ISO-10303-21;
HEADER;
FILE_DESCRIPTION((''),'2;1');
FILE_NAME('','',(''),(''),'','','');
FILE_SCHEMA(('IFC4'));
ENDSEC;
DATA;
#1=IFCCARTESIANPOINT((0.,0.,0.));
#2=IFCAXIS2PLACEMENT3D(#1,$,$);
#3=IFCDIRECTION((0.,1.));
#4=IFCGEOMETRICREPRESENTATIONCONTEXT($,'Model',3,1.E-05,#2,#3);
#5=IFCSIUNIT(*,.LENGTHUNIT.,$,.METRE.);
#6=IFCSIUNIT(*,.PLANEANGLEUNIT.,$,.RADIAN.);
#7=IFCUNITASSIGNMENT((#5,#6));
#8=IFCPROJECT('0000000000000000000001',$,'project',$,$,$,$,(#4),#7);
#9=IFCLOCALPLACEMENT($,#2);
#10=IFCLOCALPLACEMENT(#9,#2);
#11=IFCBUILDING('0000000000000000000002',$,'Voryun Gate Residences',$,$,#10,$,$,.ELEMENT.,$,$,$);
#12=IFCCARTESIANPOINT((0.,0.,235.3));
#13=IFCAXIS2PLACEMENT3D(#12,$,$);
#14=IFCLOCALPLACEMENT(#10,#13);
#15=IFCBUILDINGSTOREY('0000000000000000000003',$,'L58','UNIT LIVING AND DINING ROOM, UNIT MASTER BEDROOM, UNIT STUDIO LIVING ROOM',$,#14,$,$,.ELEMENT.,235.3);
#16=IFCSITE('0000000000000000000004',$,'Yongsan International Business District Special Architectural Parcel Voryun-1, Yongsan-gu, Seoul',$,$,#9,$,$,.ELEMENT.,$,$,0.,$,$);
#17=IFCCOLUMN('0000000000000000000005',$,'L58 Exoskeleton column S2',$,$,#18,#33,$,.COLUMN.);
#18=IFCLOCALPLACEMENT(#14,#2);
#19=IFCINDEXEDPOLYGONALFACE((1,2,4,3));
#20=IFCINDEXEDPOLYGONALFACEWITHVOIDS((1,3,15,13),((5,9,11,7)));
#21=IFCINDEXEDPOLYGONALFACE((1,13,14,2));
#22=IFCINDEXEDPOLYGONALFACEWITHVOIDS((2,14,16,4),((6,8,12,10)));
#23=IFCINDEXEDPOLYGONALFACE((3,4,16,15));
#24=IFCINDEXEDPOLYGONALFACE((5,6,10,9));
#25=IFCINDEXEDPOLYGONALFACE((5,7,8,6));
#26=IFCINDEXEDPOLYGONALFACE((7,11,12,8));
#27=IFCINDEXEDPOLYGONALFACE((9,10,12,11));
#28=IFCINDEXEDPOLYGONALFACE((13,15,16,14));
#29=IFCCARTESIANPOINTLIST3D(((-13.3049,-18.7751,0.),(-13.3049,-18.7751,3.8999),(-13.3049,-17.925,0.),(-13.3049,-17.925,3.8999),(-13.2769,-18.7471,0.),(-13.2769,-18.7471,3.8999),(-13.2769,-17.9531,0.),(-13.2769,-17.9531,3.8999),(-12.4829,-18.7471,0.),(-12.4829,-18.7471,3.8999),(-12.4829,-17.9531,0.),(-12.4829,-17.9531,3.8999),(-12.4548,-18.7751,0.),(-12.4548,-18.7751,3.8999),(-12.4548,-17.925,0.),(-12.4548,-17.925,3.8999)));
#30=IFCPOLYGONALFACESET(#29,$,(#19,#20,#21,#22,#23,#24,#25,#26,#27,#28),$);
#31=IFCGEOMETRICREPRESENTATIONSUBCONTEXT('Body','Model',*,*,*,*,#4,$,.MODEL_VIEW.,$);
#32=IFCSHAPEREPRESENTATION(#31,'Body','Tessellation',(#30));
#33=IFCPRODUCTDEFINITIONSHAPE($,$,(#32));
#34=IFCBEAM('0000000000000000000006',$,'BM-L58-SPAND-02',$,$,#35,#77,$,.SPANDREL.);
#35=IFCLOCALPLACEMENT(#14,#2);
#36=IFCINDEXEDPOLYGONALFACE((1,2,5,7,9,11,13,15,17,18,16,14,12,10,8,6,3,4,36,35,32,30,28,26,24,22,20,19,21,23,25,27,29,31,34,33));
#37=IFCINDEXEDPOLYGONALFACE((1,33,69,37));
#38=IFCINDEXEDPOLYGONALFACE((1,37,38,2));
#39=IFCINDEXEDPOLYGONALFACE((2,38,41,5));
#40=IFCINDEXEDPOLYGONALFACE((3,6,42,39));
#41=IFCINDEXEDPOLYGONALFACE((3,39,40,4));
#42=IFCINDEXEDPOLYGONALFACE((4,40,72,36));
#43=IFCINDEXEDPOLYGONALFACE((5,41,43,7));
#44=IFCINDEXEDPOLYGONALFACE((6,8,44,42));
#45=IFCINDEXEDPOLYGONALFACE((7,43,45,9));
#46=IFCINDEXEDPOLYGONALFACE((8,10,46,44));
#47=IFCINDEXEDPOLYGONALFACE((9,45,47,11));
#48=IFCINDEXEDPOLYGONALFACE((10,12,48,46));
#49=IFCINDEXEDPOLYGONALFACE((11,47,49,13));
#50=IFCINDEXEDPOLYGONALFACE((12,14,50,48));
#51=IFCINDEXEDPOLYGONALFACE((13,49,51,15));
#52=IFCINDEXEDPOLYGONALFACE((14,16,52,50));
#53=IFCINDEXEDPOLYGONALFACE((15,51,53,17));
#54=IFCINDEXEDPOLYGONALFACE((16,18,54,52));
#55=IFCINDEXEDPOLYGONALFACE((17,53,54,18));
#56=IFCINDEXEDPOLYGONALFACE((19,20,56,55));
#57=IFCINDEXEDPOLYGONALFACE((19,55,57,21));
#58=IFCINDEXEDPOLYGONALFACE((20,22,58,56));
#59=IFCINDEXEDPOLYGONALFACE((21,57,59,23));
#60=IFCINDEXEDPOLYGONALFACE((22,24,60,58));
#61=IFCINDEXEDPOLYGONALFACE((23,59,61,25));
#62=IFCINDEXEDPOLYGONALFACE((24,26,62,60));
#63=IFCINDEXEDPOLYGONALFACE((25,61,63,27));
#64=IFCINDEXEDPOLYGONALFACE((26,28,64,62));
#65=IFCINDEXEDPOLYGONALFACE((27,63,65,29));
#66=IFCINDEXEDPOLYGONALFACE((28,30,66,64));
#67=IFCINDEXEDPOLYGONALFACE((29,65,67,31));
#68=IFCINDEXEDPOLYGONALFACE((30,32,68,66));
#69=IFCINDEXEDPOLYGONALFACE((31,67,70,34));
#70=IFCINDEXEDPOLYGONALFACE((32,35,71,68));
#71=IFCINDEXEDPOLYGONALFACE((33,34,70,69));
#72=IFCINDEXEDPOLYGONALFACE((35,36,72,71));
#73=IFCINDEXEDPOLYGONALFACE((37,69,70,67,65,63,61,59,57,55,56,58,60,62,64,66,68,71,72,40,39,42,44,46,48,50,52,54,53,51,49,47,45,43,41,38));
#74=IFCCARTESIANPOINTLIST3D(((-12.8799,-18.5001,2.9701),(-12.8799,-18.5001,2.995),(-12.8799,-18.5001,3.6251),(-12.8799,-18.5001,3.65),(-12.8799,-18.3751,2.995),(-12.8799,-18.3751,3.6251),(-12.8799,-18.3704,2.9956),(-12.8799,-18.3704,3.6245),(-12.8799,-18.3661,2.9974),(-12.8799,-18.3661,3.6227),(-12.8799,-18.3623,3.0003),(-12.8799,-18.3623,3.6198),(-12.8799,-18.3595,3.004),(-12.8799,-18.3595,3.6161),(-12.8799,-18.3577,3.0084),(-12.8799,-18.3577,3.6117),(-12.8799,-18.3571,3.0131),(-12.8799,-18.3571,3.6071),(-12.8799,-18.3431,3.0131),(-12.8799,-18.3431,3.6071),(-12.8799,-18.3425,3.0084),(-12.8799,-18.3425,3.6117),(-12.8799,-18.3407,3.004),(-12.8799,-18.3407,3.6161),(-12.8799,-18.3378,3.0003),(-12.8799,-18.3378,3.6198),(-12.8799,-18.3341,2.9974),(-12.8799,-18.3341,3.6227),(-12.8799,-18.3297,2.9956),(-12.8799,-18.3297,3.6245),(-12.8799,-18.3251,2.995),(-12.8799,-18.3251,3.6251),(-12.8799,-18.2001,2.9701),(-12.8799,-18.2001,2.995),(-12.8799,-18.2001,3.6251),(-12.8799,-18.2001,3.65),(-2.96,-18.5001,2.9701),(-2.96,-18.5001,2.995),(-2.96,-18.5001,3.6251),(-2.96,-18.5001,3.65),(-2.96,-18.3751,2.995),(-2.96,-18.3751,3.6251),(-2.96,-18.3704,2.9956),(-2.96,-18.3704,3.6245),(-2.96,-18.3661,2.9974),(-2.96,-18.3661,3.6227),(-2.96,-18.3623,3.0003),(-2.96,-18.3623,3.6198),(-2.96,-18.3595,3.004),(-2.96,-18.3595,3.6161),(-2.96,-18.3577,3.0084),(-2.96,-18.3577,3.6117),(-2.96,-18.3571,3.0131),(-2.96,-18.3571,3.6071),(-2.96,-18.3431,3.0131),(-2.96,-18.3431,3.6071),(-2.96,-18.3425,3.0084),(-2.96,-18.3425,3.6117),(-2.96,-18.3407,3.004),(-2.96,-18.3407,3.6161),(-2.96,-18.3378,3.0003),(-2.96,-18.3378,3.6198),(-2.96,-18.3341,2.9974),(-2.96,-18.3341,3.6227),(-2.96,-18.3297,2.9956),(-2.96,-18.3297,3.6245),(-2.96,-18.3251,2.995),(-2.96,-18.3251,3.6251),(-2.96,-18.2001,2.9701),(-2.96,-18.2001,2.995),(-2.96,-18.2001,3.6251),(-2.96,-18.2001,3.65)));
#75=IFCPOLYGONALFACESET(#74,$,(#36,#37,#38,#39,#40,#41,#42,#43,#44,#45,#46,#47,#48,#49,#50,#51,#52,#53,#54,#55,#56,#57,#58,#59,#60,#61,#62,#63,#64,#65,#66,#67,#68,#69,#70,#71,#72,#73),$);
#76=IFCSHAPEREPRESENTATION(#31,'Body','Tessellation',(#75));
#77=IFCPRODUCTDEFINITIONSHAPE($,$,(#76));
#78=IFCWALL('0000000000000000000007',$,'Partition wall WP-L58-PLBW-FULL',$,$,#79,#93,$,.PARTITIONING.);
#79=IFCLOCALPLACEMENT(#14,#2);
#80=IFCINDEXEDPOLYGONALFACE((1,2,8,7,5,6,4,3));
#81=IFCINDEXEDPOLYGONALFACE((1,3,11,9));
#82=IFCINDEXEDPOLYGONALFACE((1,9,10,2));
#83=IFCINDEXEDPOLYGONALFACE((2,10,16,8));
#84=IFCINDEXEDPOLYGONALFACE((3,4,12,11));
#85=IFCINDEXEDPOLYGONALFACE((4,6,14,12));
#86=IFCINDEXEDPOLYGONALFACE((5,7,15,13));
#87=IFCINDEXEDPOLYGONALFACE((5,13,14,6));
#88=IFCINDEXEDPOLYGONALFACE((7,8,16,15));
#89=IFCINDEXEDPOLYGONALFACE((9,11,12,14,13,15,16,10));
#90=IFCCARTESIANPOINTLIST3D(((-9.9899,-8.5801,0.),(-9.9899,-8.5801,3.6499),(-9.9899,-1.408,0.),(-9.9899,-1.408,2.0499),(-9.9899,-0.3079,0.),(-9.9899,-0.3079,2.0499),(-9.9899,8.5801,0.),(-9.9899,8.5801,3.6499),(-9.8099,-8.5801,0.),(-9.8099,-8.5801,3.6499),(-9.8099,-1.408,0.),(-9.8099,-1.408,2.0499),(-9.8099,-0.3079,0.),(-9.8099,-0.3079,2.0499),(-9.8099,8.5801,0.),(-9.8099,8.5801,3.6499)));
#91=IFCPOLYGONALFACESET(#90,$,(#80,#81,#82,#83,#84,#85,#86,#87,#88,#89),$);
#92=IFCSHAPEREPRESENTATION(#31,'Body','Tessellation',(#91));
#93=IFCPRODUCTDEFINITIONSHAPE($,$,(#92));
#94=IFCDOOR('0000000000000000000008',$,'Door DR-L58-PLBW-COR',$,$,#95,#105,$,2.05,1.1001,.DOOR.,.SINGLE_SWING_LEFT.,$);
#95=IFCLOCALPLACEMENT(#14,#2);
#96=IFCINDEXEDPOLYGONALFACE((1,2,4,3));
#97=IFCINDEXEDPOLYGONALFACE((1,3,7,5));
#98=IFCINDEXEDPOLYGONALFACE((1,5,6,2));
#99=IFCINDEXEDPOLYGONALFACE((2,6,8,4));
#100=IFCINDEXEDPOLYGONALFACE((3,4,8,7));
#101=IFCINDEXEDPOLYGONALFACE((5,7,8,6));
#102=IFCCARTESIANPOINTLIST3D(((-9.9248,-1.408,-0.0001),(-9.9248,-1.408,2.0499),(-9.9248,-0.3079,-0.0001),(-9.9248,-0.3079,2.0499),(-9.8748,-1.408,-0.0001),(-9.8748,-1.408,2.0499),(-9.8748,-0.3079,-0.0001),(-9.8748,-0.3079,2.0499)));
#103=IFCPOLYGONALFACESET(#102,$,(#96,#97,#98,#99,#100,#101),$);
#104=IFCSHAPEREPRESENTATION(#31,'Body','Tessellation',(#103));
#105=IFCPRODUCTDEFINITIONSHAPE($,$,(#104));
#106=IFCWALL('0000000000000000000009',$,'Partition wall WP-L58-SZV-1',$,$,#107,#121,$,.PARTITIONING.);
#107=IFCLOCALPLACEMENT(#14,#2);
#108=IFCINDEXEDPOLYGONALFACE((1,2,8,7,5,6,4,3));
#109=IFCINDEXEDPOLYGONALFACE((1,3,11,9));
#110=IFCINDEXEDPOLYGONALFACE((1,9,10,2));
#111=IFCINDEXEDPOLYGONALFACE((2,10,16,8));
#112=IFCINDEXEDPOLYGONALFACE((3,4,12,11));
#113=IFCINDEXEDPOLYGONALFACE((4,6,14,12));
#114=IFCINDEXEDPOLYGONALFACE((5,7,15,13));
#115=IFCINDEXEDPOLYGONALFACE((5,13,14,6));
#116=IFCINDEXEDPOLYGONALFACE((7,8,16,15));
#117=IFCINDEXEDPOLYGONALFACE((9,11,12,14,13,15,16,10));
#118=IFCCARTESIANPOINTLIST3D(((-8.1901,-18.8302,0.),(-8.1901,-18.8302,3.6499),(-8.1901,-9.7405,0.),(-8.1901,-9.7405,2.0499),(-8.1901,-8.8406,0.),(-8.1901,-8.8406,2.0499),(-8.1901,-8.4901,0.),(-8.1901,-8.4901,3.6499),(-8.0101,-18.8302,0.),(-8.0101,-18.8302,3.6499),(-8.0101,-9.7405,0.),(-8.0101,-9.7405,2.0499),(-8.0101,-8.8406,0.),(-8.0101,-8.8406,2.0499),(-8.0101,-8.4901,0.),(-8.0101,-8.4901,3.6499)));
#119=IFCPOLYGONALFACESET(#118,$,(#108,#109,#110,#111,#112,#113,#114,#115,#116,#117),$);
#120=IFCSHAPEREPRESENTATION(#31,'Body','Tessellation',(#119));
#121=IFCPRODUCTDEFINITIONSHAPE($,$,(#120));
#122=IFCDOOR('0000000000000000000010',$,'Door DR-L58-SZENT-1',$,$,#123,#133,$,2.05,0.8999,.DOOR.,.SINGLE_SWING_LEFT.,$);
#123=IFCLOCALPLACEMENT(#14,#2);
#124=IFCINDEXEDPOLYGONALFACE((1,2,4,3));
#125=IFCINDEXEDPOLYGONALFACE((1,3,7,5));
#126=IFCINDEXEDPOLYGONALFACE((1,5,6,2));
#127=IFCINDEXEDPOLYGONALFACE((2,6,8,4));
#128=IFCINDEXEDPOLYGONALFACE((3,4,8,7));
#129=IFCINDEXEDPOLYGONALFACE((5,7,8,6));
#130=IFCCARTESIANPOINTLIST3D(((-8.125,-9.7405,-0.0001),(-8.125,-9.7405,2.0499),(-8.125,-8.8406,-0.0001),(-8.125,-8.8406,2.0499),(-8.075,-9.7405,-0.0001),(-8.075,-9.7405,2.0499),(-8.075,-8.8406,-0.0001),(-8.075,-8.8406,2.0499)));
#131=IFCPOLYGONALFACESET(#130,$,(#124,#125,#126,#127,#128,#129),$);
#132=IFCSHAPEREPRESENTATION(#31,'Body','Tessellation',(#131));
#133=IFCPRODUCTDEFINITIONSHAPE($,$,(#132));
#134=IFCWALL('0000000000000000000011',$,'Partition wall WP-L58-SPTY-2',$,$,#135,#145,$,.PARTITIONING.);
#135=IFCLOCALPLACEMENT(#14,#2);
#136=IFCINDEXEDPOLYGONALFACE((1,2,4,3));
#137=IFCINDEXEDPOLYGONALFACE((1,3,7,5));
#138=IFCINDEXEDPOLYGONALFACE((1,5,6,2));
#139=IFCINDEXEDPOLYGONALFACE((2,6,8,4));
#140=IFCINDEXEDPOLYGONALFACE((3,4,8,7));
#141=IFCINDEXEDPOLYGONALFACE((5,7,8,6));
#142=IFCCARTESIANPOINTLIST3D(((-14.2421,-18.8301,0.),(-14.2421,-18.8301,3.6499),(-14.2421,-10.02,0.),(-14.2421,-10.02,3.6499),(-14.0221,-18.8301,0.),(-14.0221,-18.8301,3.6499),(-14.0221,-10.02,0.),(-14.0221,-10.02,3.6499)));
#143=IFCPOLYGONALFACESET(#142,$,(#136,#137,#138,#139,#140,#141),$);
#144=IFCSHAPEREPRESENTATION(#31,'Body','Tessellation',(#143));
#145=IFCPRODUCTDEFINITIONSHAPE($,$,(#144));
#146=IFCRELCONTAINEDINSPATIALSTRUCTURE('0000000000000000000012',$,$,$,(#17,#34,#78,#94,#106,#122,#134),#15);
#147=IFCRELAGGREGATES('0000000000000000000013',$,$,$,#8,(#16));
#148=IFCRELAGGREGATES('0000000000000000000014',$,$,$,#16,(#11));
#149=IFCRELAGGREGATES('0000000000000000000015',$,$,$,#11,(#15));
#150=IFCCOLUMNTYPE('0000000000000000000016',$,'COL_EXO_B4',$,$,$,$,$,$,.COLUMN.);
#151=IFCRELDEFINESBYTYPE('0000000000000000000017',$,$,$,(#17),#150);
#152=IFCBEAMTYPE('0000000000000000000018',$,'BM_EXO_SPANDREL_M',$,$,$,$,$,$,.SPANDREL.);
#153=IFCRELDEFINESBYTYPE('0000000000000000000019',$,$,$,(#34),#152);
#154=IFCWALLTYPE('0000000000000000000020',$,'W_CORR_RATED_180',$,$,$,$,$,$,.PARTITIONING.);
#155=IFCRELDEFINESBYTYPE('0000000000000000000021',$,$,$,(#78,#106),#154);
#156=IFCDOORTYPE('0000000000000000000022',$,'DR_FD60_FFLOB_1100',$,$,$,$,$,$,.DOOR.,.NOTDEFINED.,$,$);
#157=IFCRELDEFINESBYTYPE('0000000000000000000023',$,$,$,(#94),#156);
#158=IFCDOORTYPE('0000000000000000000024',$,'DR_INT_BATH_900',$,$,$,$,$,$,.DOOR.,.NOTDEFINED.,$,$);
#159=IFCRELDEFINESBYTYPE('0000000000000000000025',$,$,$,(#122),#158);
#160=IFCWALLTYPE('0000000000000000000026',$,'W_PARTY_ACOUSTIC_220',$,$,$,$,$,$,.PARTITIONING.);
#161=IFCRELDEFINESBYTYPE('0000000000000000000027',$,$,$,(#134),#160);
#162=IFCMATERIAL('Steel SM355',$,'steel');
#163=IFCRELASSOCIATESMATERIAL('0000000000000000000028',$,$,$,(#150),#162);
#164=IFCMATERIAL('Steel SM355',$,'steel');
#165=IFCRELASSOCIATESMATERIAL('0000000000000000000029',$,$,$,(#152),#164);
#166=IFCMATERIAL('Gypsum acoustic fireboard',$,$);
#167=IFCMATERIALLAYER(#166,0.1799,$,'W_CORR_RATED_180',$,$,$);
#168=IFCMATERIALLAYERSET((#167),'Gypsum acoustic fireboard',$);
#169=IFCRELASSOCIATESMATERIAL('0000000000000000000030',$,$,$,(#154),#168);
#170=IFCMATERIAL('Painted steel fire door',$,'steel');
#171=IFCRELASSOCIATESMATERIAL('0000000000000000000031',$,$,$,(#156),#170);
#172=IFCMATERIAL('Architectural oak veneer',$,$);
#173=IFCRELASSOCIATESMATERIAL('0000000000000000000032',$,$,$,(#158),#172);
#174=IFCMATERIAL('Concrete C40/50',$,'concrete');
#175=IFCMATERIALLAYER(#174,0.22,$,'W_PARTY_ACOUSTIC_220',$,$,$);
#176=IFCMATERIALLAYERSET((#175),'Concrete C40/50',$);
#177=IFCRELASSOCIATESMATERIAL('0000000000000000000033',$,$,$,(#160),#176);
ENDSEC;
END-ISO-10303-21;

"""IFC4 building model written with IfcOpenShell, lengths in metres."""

from ifc_helpers import new_model, si_unit, direction, frame, frame_2d, origin, origin_2d, place, context, subcontext, project, spatial, rectangle, hollow_rectangle, i_section, extrude, material, layer, layer_set, material_profile, profile_set, type_object, element, fill, save


model = new_model("IFC4")

# Units and contexts
model_context = context("Model", 3, precision=1e-05, world=origin(), true_north=direction((0.0, 1.0)))
body_context = subcontext(model_context, "Body", "Model", "MODEL_VIEW")
ifc_project = project(units=[si_unit("LENGTHUNIT", "METRE"), si_unit("PLANEANGLEUNIT", "RADIAN")], contexts=[model_context])

# Site, building, storey
site_placement = place(None, origin())
site = spatial("IfcSite", under=ifc_project, at=site_placement, Name="Yongsan International Business District Special Architectural Parcel Voryun-1, Yongsan-gu, Seoul", CompositionType="ELEMENT", RefElevation=0.0)
building_placement = place(site_placement, origin())
building = spatial("IfcBuilding", under=site, at=building_placement, Name="Voryun Gate Residences", CompositionType="ELEMENT")
storey_placement = place(building_placement, frame((0.0, 0.0, 235.3)))
storey = spatial("IfcBuildingStorey", under=building, at=storey_placement, Name="L58", Description="UNIT LIVING AND DINING ROOM, UNIT MASTER BEDROOM, UNIT STUDIO LIVING ROOM", CompositionType="ELEMENT", Elevation=235.3)

# Column
ifc_material_1 = material(Name="Steel SM355", Category="steel")
ifc_material_profile_1 = material_profile(ifc_material_1, hollow_rectangle(XDim=0.8501, YDim=0.8501, WallThickness=0.0281, at=origin_2d()), Name="BOX-850x850x28")
ifc_profile_set_1 = profile_set([ifc_material_profile_1], Name="Steel SM355")
column_type = type_object("IfcColumnType", Name="COL_EXO_B4", PredefinedType="COLUMN", material=ifc_profile_set_1)
column_placement = place(storey_placement, frame((-12.8799, -18.3501, 0.0), z_axis=(0.0, 0.0, 1.0), x_axis=(1.0, 0.0, 0.0)))
element("IfcColumn", 1, at=column_placement, inside=storey, type_object=column_type, Name="L58 Exoskeleton column S2", PredefinedType="COLUMN", context=body_context, shape_type="SweptSolid", body=[
    extrude(hollow_rectangle(XDim=0.8501, YDim=0.8501, WallThickness=0.0281, at=origin_2d()), origin(), (0.0, 0.0, 1.0), 3.8999),
])

# Beam
ifc_material_2 = material(Name="Steel SM355", Category="steel")
ifc_material_profile_2 = material_profile(ifc_material_2, i_section(OverallWidth=0.3, OverallDepth=0.6799, WebThickness=0.0139, FlangeThickness=0.0249, FilletRadius=0.0181, at=origin_2d()), Name="H-680x300x14x25")
ifc_profile_set_2 = profile_set([ifc_material_profile_2], Name="Steel SM355")
beam_type = type_object("IfcBeamType", Name="BM_EXO_SPANDREL_M", PredefinedType="SPANDREL", material=ifc_profile_set_2)
beam_placement = place(storey_placement, frame((-12.8799, -18.3501, 3.3101), z_axis=(1.0, 0.0, 0.0), x_axis=(0.0, 1.0, 0.0)))
element("IfcBeam", 2, at=beam_placement, inside=storey, type_object=beam_type, Name="BM-L58-SPAND-02", PredefinedType="SPANDREL", context=body_context, shape_type="SweptSolid", body=[
    extrude(i_section(OverallWidth=0.3, OverallDepth=0.6799, WebThickness=0.0139, FlangeThickness=0.0249, FilletRadius=0.0181, at=origin_2d()), origin(), (0.0, 0.0, 1.0), 9.9199),
])

# Walls, openings, doors
ifc_material_3 = material(Name="Gypsum acoustic fireboard")
ifc_layer_1 = layer(ifc_material_3, 0.1799, Name="W_CORR_RATED_180")
ifc_layer_set_1 = layer_set([ifc_layer_1], Name="Gypsum acoustic fireboard")
wall_type_1 = type_object("IfcWallType", Name="W_CORR_RATED_180", PredefinedType="PARTITIONING", material=ifc_layer_set_1)
wall_1_placement = place(storey_placement, frame((-9.8999, -8.5801, 0.0), z_axis=(0.0, 0.0, 1.0), x_axis=(0.0, 1.0, 0.0)))
wall_1 = element("IfcWall", 3, at=wall_1_placement, inside=storey, type_object=wall_type_1, Name="Partition wall WP-L58-PLBW-FULL", PredefinedType="PARTITIONING", context=body_context, shape_type="SweptSolid", body=[
    extrude(rectangle(XDim=17.1602, YDim=0.1799, at=frame_2d((8.5801, 0.0))), origin(), (0.0, 0.0, 1.0), 3.6499),
])
opening_1_placement = place(wall_1_placement, frame((7.1721, 0.0, 0.0)))
opening_1 = element("IfcOpeningElement", 4, at=opening_1_placement, cuts=wall_1, PredefinedType="OPENING", context=body_context, shape_type="SweptSolid", body=[
    extrude(rectangle(XDim=1.1001, YDim=2.05, at=frame_2d((0.55, 1.0249))), frame((0.0, 0.0999, 0.0), z_axis=(0.0, -1.0, 0.0), x_axis=(1.0, 0.0, 0.0)), (0.0, 0.0, 1.0), 0.2),
])
ifc_material_4 = material(Name="Painted steel fire door", Category="steel")
door_type_1 = type_object("IfcDoorType", Name="DR_FD60_FFLOB_1100", OperationType="NOTDEFINED", PredefinedType="DOOR", material=ifc_material_4)
door_1_placement = place(opening_1_placement, origin())
door_1 = element("IfcDoor", 5, at=door_1_placement, inside=storey, type_object=door_type_1, Name="Door DR-L58-PLBW-COR", OperationType="SINGLE_SWING_LEFT", OverallHeight=2.05, OverallWidth=1.1001, PredefinedType="DOOR", context=body_context, shape_type="SweptSolid", body=[
    extrude(rectangle(XDim=1.1001, YDim=2.05, at=frame_2d((0.55, 1.0249))), frame((0.0, 0.0249, 0.0), z_axis=(0.0, -1.0, 0.0), x_axis=(1.0, 0.0, 0.0)), (0.0, 0.0, 1.0), 0.05),
])
fill(opening_1, door_1)
wall_2_placement = place(storey_placement, frame((-8.1001, -18.8301, 0.0), z_axis=(0.0, 0.0, 1.0), x_axis=(0.0, 1.0, 0.0)))
wall_2 = element("IfcWall", 6, at=wall_2_placement, inside=storey, type_object=wall_type_1, Name="Partition wall WP-L58-SZV-1", PredefinedType="PARTITIONING", context=body_context, shape_type="SweptSolid", body=[
    extrude(rectangle(XDim=10.3401, YDim=0.1799, at=frame_2d((5.1699, 0.0))), origin(), (0.0, 0.0, 1.0), 3.6499),
])
opening_2_placement = place(wall_2_placement, frame((9.0896, 0.0, 0.0)))
opening_2 = element("IfcOpeningElement", 7, at=opening_2_placement, cuts=wall_2, PredefinedType="OPENING", context=body_context, shape_type="SweptSolid", body=[
    extrude(rectangle(XDim=0.8999, YDim=2.05, at=frame_2d((0.45, 1.0249))), frame((0.0, 0.0999, 0.0), z_axis=(0.0, -1.0, 0.0), x_axis=(1.0, 0.0, 0.0)), (0.0, 0.0, 1.0), 0.2),
])
ifc_material_5 = material(Name="Architectural oak veneer")
door_type_2 = type_object("IfcDoorType", Name="DR_INT_BATH_900", OperationType="NOTDEFINED", PredefinedType="DOOR", material=ifc_material_5)
door_2_placement = place(opening_2_placement, origin())
door_2 = element("IfcDoor", 8, at=door_2_placement, inside=storey, type_object=door_type_2, Name="Door DR-L58-SZENT-1", OperationType="SINGLE_SWING_LEFT", OverallHeight=2.05, OverallWidth=0.8999, PredefinedType="DOOR", context=body_context, shape_type="SweptSolid", body=[
    extrude(rectangle(XDim=0.8999, YDim=2.05, at=frame_2d((0.45, 1.0249))), frame((0.0, 0.0249, 0.0), z_axis=(0.0, -1.0, 0.0), x_axis=(1.0, 0.0, 0.0)), (0.0, 0.0, 1.0), 0.05),
])
fill(opening_2, door_2)

# Wall
ifc_material_6 = material(Name="Concrete C40/50", Category="concrete")
ifc_layer_2 = layer(ifc_material_6, 0.22, Name="W_PARTY_ACOUSTIC_220")
ifc_layer_set_2 = layer_set([ifc_layer_2], Name="Concrete C40/50")
wall_type_2 = type_object("IfcWallType", Name="W_PARTY_ACOUSTIC_220", PredefinedType="PARTITIONING", material=ifc_layer_set_2)
wall_3_placement = place(storey_placement, frame((-14.1321, -18.8301, 0.0), z_axis=(0.0, 0.0, 1.0), x_axis=(0.0, 1.0, 0.0)))
element("IfcWall", 9, at=wall_3_placement, inside=storey, type_object=wall_type_2, Name="Partition wall WP-L58-SPTY-2", PredefinedType="PARTITIONING", context=body_context, shape_type="SweptSolid", body=[
    extrude(rectangle(XDim=8.8101, YDim=0.22, at=frame_2d((4.405, 0.0))), origin(), (0.0, 0.0, 1.0), 3.6499),
])

save(model, "model.ifc")
